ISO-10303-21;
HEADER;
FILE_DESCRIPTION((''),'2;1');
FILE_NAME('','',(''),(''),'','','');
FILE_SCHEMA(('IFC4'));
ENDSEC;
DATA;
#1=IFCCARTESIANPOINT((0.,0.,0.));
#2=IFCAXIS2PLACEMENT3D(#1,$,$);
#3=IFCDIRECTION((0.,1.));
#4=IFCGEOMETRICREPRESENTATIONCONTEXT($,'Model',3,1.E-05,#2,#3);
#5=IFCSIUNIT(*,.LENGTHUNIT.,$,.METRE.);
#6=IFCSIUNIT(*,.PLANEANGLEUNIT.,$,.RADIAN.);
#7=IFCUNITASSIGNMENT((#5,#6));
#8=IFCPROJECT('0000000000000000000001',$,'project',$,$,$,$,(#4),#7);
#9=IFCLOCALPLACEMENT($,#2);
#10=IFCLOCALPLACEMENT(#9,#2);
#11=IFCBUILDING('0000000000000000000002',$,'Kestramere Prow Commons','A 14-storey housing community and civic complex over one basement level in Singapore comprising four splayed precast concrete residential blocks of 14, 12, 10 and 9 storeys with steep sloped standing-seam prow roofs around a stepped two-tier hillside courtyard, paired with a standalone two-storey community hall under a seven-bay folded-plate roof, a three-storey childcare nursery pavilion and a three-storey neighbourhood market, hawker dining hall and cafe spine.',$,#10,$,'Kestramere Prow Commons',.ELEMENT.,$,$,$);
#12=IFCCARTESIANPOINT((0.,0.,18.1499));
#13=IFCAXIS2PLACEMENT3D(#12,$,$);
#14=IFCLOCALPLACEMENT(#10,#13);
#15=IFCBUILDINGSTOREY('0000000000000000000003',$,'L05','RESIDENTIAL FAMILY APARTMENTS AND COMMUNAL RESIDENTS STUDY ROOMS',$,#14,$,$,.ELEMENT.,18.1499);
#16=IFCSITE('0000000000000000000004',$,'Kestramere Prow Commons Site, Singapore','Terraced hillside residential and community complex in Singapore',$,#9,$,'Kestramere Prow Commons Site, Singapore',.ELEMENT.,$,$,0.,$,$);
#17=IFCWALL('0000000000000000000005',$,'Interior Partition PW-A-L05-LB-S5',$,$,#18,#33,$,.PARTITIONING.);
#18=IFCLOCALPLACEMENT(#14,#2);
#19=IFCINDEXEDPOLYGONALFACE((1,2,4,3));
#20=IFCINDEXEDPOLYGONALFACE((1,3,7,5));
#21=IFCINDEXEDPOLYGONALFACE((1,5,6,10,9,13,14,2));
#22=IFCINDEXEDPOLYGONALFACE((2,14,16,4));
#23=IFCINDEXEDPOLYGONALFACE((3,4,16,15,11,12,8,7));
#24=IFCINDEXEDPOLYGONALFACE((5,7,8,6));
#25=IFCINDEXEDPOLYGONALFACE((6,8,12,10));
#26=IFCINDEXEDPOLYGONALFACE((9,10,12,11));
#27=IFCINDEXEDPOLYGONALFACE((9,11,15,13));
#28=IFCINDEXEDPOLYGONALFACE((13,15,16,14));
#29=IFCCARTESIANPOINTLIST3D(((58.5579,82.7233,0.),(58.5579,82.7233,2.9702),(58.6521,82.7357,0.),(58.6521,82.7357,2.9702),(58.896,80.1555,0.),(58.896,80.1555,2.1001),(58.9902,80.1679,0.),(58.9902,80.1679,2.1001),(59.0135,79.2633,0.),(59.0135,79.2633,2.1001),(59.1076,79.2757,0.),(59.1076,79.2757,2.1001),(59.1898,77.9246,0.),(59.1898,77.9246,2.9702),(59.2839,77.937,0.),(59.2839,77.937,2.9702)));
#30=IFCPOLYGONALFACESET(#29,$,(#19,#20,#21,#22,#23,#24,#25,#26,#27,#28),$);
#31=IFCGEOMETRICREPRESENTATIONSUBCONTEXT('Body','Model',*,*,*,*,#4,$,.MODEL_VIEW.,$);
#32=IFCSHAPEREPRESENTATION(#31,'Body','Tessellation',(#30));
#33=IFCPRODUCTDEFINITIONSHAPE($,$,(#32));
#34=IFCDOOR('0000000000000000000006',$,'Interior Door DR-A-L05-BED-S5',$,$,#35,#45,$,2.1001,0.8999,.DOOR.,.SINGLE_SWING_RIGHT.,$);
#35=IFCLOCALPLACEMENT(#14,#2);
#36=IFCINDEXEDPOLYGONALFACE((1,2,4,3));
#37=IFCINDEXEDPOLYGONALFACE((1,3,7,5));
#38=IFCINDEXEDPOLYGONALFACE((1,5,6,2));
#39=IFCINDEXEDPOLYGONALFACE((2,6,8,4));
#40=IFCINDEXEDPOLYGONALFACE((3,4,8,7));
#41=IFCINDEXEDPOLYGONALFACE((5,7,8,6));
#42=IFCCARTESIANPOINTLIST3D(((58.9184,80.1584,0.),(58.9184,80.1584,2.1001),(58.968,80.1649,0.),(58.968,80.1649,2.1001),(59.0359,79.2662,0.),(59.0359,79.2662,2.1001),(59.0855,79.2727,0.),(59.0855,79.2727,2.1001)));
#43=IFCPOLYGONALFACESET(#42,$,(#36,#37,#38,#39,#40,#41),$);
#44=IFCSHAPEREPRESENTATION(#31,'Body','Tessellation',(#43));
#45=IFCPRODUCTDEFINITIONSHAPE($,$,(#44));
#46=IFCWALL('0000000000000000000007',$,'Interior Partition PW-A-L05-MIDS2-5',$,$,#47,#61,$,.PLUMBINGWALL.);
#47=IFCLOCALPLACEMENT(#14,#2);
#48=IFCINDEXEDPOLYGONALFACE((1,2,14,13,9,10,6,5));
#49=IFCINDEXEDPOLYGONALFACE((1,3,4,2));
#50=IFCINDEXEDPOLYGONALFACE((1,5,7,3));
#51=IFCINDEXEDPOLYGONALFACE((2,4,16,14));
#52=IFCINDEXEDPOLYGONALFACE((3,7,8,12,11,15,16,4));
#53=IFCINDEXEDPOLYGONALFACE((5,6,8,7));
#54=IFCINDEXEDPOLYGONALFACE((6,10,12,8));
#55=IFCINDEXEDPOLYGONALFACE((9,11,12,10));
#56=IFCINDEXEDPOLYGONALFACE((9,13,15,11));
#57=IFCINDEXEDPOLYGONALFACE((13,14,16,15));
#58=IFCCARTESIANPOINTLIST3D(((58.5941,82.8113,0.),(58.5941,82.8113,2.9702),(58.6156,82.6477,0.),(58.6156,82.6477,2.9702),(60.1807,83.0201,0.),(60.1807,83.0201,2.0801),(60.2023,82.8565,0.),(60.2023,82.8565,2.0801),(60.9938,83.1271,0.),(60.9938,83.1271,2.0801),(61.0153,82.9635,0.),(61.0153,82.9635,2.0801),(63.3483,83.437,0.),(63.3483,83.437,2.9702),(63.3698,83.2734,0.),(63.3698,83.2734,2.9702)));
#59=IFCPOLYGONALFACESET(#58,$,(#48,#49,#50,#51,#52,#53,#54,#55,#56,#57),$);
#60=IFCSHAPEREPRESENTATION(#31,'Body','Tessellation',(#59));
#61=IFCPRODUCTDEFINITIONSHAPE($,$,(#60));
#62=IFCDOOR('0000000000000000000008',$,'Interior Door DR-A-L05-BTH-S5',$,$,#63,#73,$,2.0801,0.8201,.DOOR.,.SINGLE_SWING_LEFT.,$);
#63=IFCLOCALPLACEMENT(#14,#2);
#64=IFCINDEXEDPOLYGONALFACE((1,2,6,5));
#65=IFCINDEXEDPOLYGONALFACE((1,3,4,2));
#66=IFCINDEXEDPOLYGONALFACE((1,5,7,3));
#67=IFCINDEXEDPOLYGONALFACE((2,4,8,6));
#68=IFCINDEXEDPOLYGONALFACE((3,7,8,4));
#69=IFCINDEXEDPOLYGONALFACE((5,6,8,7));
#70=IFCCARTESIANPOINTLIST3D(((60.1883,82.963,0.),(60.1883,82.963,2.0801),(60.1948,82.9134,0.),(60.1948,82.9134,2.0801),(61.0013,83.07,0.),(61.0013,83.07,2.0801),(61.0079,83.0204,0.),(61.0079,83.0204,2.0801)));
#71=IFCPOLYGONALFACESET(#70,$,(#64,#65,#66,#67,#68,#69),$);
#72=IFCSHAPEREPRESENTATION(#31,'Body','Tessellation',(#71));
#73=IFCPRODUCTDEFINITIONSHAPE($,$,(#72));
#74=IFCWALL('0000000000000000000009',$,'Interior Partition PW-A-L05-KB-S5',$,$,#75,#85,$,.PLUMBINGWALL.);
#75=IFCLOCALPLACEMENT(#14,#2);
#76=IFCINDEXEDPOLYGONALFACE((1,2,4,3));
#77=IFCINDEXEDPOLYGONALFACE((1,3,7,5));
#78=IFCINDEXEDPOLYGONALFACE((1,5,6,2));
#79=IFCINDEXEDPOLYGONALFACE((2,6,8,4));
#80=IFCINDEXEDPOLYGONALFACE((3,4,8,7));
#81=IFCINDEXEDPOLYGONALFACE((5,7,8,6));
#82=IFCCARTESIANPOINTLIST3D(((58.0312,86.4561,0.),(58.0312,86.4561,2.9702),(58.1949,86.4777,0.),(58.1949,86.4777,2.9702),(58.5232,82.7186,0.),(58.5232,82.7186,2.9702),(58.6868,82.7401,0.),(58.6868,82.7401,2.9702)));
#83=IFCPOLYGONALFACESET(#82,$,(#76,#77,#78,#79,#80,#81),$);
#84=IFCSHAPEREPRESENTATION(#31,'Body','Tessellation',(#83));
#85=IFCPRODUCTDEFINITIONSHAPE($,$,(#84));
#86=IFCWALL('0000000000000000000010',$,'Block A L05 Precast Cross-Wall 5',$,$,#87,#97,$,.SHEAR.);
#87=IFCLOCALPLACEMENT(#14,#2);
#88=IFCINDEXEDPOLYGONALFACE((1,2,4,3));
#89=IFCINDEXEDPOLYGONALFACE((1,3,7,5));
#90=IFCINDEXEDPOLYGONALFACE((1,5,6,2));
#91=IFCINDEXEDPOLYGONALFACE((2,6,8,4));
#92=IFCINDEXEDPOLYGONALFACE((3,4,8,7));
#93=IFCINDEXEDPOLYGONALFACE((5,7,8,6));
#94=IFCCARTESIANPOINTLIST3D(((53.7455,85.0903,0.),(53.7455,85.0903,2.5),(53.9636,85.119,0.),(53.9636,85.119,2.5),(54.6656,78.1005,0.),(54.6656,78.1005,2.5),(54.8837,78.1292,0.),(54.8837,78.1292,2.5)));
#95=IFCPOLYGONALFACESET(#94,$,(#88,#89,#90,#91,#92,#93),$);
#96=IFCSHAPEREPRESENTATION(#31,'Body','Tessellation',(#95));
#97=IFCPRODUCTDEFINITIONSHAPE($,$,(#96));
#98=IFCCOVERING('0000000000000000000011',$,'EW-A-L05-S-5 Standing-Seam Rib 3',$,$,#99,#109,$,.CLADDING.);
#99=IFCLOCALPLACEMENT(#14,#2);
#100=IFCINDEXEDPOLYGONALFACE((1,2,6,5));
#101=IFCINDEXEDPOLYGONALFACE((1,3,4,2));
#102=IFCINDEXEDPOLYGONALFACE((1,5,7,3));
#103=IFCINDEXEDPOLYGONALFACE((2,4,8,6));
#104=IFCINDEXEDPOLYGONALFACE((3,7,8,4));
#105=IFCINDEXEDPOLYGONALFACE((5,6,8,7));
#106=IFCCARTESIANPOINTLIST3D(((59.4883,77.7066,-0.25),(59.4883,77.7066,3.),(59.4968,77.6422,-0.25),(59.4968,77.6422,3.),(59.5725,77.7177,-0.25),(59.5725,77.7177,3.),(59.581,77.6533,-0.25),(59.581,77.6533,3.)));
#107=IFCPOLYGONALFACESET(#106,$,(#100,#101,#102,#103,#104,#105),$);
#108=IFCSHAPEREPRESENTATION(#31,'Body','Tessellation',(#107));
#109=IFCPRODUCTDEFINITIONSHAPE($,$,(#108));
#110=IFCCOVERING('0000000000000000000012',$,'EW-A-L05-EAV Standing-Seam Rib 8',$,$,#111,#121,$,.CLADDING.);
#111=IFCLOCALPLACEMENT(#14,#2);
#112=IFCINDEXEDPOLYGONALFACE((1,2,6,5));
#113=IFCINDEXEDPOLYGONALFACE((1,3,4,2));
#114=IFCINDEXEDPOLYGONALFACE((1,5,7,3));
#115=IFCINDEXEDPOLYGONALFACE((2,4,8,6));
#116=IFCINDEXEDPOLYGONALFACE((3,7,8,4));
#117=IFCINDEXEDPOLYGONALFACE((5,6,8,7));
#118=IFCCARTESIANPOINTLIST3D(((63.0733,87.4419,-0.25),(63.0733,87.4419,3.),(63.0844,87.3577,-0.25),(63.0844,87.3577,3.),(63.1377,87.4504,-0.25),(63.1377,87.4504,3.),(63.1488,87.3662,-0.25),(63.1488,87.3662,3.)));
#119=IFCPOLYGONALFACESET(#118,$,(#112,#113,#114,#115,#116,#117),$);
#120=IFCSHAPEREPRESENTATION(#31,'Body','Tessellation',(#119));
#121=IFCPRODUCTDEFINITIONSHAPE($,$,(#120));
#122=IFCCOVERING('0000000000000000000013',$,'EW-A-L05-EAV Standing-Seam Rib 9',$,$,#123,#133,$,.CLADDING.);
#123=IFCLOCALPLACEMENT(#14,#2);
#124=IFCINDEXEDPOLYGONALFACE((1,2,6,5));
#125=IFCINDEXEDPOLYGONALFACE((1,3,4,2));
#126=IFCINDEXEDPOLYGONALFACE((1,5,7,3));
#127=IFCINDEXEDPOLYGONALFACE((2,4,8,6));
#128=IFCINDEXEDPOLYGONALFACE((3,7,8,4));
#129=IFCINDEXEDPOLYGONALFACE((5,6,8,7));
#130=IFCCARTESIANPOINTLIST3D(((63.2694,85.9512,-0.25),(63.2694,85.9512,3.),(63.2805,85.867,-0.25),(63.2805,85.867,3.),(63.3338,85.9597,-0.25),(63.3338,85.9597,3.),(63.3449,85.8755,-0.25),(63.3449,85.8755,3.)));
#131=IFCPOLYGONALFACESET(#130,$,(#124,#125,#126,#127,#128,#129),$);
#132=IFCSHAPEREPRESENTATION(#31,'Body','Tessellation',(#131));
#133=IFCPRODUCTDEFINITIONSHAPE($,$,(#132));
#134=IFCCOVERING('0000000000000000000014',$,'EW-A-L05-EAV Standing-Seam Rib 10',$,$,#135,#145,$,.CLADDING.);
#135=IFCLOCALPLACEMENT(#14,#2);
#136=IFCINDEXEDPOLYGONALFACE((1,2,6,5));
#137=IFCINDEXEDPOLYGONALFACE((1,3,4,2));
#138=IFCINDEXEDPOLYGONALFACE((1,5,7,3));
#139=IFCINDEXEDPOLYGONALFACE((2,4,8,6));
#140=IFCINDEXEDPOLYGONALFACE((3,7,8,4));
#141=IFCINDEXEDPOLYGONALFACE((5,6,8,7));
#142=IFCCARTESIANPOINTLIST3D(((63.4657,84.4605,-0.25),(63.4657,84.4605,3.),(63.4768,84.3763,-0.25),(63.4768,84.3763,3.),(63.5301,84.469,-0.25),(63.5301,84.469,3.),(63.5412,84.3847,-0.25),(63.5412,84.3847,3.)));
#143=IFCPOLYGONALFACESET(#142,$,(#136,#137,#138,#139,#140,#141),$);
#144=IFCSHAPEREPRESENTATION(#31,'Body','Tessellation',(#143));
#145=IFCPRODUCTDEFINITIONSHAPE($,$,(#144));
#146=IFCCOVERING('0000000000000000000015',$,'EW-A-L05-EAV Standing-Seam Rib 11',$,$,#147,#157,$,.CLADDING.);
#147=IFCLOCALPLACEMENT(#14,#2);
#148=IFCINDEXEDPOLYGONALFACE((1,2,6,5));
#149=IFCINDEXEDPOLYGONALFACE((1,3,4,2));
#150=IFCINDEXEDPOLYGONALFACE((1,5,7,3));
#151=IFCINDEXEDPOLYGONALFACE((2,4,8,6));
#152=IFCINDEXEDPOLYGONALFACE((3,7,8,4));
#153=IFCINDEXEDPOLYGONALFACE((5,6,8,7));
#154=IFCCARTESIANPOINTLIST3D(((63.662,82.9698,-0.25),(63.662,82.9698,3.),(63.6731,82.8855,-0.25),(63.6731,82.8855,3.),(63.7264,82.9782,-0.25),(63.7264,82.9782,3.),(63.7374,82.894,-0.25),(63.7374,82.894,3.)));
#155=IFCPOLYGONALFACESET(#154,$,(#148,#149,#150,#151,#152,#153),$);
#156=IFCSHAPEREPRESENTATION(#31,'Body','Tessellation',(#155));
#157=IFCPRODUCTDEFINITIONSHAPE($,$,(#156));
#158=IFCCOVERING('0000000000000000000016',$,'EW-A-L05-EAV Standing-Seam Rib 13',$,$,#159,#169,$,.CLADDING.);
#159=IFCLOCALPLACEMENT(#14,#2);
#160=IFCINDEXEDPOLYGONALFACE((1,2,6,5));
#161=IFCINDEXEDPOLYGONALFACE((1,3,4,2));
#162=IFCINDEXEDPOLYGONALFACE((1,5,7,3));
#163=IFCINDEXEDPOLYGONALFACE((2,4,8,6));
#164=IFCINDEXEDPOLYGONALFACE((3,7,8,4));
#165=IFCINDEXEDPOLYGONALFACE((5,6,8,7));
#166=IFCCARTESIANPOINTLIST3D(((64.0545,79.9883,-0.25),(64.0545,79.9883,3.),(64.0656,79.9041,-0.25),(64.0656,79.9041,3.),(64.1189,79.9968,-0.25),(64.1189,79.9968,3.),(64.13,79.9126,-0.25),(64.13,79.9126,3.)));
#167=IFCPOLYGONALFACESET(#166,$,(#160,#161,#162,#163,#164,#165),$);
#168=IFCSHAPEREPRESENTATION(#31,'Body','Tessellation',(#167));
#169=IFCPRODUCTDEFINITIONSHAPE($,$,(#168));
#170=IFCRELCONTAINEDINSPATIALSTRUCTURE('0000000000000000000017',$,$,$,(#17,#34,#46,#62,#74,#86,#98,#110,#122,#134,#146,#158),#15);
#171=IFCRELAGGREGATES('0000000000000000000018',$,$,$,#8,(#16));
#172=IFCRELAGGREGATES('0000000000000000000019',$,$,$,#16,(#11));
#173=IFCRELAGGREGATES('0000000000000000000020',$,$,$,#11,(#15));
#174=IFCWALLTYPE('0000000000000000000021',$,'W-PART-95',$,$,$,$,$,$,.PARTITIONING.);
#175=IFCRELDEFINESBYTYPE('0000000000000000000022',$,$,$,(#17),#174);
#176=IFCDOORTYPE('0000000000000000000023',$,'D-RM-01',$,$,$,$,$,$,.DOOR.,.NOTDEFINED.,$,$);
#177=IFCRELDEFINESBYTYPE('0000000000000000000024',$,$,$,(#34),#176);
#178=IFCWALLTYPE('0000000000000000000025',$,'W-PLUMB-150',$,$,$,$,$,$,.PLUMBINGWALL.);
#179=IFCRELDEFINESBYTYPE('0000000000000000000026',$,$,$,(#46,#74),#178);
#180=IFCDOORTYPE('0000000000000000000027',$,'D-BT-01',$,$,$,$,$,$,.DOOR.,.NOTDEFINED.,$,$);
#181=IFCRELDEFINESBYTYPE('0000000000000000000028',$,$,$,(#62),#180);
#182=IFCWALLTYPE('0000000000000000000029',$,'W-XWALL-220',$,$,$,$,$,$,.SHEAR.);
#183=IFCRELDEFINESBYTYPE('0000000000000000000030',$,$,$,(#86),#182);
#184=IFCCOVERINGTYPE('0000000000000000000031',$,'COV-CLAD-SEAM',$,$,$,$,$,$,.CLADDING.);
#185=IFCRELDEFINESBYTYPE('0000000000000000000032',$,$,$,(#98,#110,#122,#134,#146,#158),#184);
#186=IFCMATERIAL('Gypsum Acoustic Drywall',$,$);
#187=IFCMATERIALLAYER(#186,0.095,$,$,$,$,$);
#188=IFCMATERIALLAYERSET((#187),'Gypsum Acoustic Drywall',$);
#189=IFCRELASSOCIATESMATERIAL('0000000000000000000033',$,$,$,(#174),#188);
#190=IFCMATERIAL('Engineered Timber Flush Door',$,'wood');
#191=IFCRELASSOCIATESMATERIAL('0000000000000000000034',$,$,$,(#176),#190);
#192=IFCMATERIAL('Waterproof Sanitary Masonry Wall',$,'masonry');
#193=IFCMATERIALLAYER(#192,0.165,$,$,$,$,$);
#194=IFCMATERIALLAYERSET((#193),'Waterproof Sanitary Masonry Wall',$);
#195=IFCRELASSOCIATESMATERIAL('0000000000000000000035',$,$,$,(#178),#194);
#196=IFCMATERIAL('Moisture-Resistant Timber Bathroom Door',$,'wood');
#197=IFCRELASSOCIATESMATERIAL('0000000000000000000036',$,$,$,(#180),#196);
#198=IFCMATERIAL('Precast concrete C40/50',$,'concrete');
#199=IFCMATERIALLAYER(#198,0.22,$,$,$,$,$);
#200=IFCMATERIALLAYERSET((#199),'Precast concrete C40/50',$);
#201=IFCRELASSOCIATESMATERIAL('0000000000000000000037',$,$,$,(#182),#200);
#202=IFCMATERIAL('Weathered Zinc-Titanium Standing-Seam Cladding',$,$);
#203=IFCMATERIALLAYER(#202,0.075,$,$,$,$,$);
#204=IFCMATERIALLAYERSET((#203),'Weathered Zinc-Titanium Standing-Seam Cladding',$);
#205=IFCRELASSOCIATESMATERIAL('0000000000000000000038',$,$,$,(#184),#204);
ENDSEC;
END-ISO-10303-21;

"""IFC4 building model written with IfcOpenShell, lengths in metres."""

from ifc_helpers import new_model, si_unit, direction, frame, frame_2d, origin, origin_2d, place, context, subcontext, project, spatial, rectangle, extrude, material, layer, layer_set, type_object, element, fill, save


model = new_model("IFC4")

# Units and contexts
model_context = context("Model", 3, precision=1e-05, world=origin(), true_north=direction((0.0, 1.0)))
body_context = subcontext(model_context, "Body", "Model", "MODEL_VIEW")
ifc_project = project(units=[si_unit("LENGTHUNIT", "METRE"), si_unit("PLANEANGLEUNIT", "RADIAN")], contexts=[model_context])

# Site, building, storey
site_placement = place(None, origin())
site = spatial("IfcSite", under=ifc_project, at=site_placement, Name="Kestramere Prow Commons Site, Singapore", Description="Terraced hillside residential and community complex in Singapore", LongName="Kestramere Prow Commons Site, Singapore", CompositionType="ELEMENT", RefElevation=0.0)
building_placement = place(site_placement, origin())
building = spatial("IfcBuilding", under=site, at=building_placement, Name="Kestramere Prow Commons", Description="A 14-storey housing community and civic complex over one basement level in Singapore comprising four splayed precast concrete residential blocks of 14, 12, 10 and 9 storeys with steep sloped standing-seam prow roofs around a stepped two-tier hillside courtyard, paired with a standalone two-storey community hall under a seven-bay folded-plate roof, a three-storey childcare nursery pavilion and a three-storey neighbourhood market, hawker dining hall and cafe spine.", LongName="Kestramere Prow Commons", CompositionType="ELEMENT")
storey_placement = place(building_placement, frame((0.0, 0.0, 18.1499)))
storey = spatial("IfcBuildingStorey", under=building, at=storey_placement, Name="L05", Description="RESIDENTIAL FAMILY APARTMENTS AND COMMUNAL RESIDENTS STUDY ROOMS", CompositionType="ELEMENT", Elevation=18.1499)

# Shared definitions
ifc_material_1 = material(Name="Precast concrete C40/50", Category="concrete")

# Walls, openings, doors
ifc_material_2 = material(Name="Gypsum Acoustic Drywall")
ifc_layer_1 = layer(ifc_material_2, 0.095)
ifc_layer_set_1 = layer_set([ifc_layer_1], Name="Gypsum Acoustic Drywall")
wall_type_1 = type_object("IfcWallType", Name="W-PART-95", PredefinedType="PARTITIONING", material=ifc_layer_set_1)
wall_1_placement = place(storey_placement, frame((59.2368, 77.9309, 0.0), z_axis=(0.0, 0.0, 1.0), x_axis=(-0.130545, 0.991442, 0.0)))
wall_1 = element("IfcWall", 1, at=wall_1_placement, inside=storey, type_object=wall_type_1, Name="Interior Partition PW-A-L05-LB-S5", PredefinedType="PARTITIONING", context=body_context, shape_type="SweptSolid", body=[
    extrude(rectangle(XDim=4.8401, YDim=0.095, at=frame_2d((2.4199, 0.0))), origin(), (0.0, 0.0, 1.0), 2.9702),
])
opening_1_placement = place(wall_1_placement, frame((1.3501, 0.0, 0.0)))
opening_1 = element("IfcOpeningElement", 2, at=opening_1_placement, cuts=wall_1, PredefinedType="OPENING", context=body_context, shape_type="SweptSolid", body=[
    extrude(rectangle(XDim=0.8999, YDim=2.1001, at=frame_2d((0.45, 1.05))), frame((0.0, 0.0625, 0.0), z_axis=(0.0, -1.0, 0.0), x_axis=(1.0, 0.0, 0.0)), (0.0, 0.0, 1.0), 0.125),
])
ifc_material_3 = material(Name="Engineered Timber Flush Door", Category="wood")
door_type_1 = type_object("IfcDoorType", Name="D-RM-01", OperationType="NOTDEFINED", PredefinedType="DOOR", material=ifc_material_3)
door_1_placement = place(opening_1_placement, origin())
door_1 = element("IfcDoor", 3, at=door_1_placement, inside=storey, type_object=door_type_1, Name="Interior Door DR-A-L05-BED-S5", OperationType="SINGLE_SWING_RIGHT", OverallHeight=2.1001, OverallWidth=0.8999, PredefinedType="DOOR", context=body_context, shape_type="SweptSolid", body=[
    extrude(rectangle(XDim=0.8999, YDim=2.1001, at=frame_2d((0.45, 1.05))), frame((0.0, 0.0249, 0.0), z_axis=(0.0, -1.0, 0.0), x_axis=(1.0, 0.0, 0.0)), (0.0, 0.0, 1.0), 0.05),
])
fill(opening_1, door_1)
ifc_material_4 = material(Name="Waterproof Sanitary Masonry Wall", Category="masonry")
ifc_layer_2 = layer(ifc_material_4, 0.165)
ifc_layer_set_2 = layer_set([ifc_layer_2], Name="Waterproof Sanitary Masonry Wall")
wall_type_2 = type_object("IfcWallType", Name="W-PLUMB-150", PredefinedType="PLUMBINGWALL", material=ifc_layer_set_2)
wall_2_placement = place(storey_placement, frame((58.605, 82.7295, 0.0), z_axis=(0.0, 0.0, 1.0), x_axis=(0.991449, 0.130493, 0.0)))
wall_2 = element("IfcWall", 4, at=wall_2_placement, inside=storey, type_object=wall_type_2, Name="Interior Partition PW-A-L05-MIDS2-5", PredefinedType="PLUMBINGWALL", context=body_context, shape_type="SweptSolid", body=[
    extrude(rectangle(XDim=4.7952, YDim=0.165, at=frame_2d((2.3975, 0.0))), origin(), (0.0, 0.0, 1.0), 2.9702),
])
opening_2_placement = place(wall_2_placement, frame((1.6001, 0.0, 0.0)))
opening_2 = element("IfcOpeningElement", 5, at=opening_2_placement, cuts=wall_2, PredefinedType="OPENING", context=body_context, shape_type="SweptSolid", body=[
    extrude(rectangle(XDim=0.8201, YDim=2.0801, at=frame_2d((0.4102, 1.04))), frame((0.0, 0.0974, 0.0), z_axis=(0.0, -1.0, 0.0), x_axis=(1.0, 0.0, 0.0)), (0.0, 0.0, 1.0), 0.1951),
])
ifc_material_5 = material(Name="Moisture-Resistant Timber Bathroom Door", Category="wood")
door_type_2 = type_object("IfcDoorType", Name="D-BT-01", OperationType="NOTDEFINED", PredefinedType="DOOR", material=ifc_material_5)
door_2_placement = place(opening_2_placement, origin())
door_2 = element("IfcDoor", 6, at=door_2_placement, inside=storey, type_object=door_type_2, Name="Interior Door DR-A-L05-BTH-S5", OperationType="SINGLE_SWING_LEFT", OverallHeight=2.0801, OverallWidth=0.8201, PredefinedType="DOOR", context=body_context, shape_type="SweptSolid", body=[
    extrude(rectangle(XDim=0.8201, YDim=2.0801, at=frame_2d((0.4102, 1.04))), frame((0.0, 0.0249, 0.0), z_axis=(0.0, -1.0, 0.0), x_axis=(1.0, 0.0, 0.0)), (0.0, 0.0, 1.0), 0.05),
])
fill(opening_2, door_2)

# Walls
wall_3_placement = place(storey_placement, frame((58.605, 82.7295, 0.0), z_axis=(0.0, 0.0, 1.0), x_axis=(-0.130496, 0.991449, 0.0)))
element("IfcWall", 7, at=wall_3_placement, inside=storey, type_object=wall_type_2, Name="Interior Partition PW-A-L05-KB-S5", PredefinedType="PLUMBINGWALL", context=body_context, shape_type="SweptSolid", body=[
    extrude(rectangle(XDim=3.7698, YDim=0.165, at=frame_2d((1.8848, 0.0))), origin(), (0.0, 0.0, 1.0), 2.9702),
])
ifc_layer_3 = layer(ifc_material_1, 0.22)
ifc_layer_set_3 = layer_set([ifc_layer_3], Name="Precast concrete C40/50")
wall_type_3 = type_object("IfcWallType", Name="W-XWALL-220", PredefinedType="SHEAR", material=ifc_layer_set_3)
wall_4_placement = place(storey_placement, frame((54.7747, 78.115, 0.0), z_axis=(0.0, 0.0, 1.0), x_axis=(-0.130519, 0.991446, 0.0)))
element("IfcWall", 8, at=wall_4_placement, inside=storey, type_object=wall_type_3, Name="Block A L05 Precast Cross-Wall 5", PredefinedType="SHEAR", context=body_context, shape_type="SweptSolid", body=[
    extrude(rectangle(XDim=7.05, YDim=0.22, at=frame_2d((3.5249, 0.0))), origin(), (0.0, 0.0, 1.0), 2.5),
])

# Coverings
ifc_material_6 = material(Name="Weathered Zinc-Titanium Standing-Seam Cladding")
ifc_layer_4 = layer(ifc_material_6, 0.075)
ifc_layer_set_4 = layer_set([ifc_layer_4], Name="Weathered Zinc-Titanium Standing-Seam Cladding")
covering_type = type_object("IfcCoveringType", Name="COV-CLAD-SEAM", PredefinedType="CLADDING", material=ifc_layer_set_4)
for number, where, z_axis, x_axis, name in (
    (9, (59.5347, 77.6799, -0.25), (0.0, 0.0, 1.0), (-0.991445, -0.130526, 0.0), "EW-A-L05-S-5 Standing-Seam Rib 3"),
    (10, (63.1111, 87.4041, -0.25), (0.0, 0.0, 1.0), (0.130526, -0.991445, 0.0), "EW-A-L05-EAV Standing-Seam Rib 8"),
    (11, (63.3071, 85.9133, -0.25), (0.0, 0.0, 1.0), (0.130526, -0.991445, 0.0), "EW-A-L05-EAV Standing-Seam Rib 9"),
    (12, (63.5034, 84.4226, -0.25), (0.0, 0.0, 1.0), (0.130526, -0.991445, 0.0), "EW-A-L05-EAV Standing-Seam Rib 10"),
    (13, (63.6997, 82.9319, -0.25), (0.0, 0.0, 1.0), (0.130526, -0.991445, 0.0), "EW-A-L05-EAV Standing-Seam Rib 11"),
    (14, (64.0923, 79.9504, -0.25), (0.0, 0.0, 1.0), (0.130526, -0.991445, 0.0), "EW-A-L05-EAV Standing-Seam Rib 13"),
):
    element("IfcCovering", number, at=place(storey_placement, frame(where, z_axis=z_axis, x_axis=x_axis)), inside=storey, type_object=covering_type, Name=name, PredefinedType="CLADDING", context=body_context, shape_type="SweptSolid", body=[
        extrude(rectangle(XDim=0.085, YDim=0.0649, at=origin_2d()), origin(), (0.0, 0.0, 1.0), 3.25),
    ])

save(model, "model.ifc")
